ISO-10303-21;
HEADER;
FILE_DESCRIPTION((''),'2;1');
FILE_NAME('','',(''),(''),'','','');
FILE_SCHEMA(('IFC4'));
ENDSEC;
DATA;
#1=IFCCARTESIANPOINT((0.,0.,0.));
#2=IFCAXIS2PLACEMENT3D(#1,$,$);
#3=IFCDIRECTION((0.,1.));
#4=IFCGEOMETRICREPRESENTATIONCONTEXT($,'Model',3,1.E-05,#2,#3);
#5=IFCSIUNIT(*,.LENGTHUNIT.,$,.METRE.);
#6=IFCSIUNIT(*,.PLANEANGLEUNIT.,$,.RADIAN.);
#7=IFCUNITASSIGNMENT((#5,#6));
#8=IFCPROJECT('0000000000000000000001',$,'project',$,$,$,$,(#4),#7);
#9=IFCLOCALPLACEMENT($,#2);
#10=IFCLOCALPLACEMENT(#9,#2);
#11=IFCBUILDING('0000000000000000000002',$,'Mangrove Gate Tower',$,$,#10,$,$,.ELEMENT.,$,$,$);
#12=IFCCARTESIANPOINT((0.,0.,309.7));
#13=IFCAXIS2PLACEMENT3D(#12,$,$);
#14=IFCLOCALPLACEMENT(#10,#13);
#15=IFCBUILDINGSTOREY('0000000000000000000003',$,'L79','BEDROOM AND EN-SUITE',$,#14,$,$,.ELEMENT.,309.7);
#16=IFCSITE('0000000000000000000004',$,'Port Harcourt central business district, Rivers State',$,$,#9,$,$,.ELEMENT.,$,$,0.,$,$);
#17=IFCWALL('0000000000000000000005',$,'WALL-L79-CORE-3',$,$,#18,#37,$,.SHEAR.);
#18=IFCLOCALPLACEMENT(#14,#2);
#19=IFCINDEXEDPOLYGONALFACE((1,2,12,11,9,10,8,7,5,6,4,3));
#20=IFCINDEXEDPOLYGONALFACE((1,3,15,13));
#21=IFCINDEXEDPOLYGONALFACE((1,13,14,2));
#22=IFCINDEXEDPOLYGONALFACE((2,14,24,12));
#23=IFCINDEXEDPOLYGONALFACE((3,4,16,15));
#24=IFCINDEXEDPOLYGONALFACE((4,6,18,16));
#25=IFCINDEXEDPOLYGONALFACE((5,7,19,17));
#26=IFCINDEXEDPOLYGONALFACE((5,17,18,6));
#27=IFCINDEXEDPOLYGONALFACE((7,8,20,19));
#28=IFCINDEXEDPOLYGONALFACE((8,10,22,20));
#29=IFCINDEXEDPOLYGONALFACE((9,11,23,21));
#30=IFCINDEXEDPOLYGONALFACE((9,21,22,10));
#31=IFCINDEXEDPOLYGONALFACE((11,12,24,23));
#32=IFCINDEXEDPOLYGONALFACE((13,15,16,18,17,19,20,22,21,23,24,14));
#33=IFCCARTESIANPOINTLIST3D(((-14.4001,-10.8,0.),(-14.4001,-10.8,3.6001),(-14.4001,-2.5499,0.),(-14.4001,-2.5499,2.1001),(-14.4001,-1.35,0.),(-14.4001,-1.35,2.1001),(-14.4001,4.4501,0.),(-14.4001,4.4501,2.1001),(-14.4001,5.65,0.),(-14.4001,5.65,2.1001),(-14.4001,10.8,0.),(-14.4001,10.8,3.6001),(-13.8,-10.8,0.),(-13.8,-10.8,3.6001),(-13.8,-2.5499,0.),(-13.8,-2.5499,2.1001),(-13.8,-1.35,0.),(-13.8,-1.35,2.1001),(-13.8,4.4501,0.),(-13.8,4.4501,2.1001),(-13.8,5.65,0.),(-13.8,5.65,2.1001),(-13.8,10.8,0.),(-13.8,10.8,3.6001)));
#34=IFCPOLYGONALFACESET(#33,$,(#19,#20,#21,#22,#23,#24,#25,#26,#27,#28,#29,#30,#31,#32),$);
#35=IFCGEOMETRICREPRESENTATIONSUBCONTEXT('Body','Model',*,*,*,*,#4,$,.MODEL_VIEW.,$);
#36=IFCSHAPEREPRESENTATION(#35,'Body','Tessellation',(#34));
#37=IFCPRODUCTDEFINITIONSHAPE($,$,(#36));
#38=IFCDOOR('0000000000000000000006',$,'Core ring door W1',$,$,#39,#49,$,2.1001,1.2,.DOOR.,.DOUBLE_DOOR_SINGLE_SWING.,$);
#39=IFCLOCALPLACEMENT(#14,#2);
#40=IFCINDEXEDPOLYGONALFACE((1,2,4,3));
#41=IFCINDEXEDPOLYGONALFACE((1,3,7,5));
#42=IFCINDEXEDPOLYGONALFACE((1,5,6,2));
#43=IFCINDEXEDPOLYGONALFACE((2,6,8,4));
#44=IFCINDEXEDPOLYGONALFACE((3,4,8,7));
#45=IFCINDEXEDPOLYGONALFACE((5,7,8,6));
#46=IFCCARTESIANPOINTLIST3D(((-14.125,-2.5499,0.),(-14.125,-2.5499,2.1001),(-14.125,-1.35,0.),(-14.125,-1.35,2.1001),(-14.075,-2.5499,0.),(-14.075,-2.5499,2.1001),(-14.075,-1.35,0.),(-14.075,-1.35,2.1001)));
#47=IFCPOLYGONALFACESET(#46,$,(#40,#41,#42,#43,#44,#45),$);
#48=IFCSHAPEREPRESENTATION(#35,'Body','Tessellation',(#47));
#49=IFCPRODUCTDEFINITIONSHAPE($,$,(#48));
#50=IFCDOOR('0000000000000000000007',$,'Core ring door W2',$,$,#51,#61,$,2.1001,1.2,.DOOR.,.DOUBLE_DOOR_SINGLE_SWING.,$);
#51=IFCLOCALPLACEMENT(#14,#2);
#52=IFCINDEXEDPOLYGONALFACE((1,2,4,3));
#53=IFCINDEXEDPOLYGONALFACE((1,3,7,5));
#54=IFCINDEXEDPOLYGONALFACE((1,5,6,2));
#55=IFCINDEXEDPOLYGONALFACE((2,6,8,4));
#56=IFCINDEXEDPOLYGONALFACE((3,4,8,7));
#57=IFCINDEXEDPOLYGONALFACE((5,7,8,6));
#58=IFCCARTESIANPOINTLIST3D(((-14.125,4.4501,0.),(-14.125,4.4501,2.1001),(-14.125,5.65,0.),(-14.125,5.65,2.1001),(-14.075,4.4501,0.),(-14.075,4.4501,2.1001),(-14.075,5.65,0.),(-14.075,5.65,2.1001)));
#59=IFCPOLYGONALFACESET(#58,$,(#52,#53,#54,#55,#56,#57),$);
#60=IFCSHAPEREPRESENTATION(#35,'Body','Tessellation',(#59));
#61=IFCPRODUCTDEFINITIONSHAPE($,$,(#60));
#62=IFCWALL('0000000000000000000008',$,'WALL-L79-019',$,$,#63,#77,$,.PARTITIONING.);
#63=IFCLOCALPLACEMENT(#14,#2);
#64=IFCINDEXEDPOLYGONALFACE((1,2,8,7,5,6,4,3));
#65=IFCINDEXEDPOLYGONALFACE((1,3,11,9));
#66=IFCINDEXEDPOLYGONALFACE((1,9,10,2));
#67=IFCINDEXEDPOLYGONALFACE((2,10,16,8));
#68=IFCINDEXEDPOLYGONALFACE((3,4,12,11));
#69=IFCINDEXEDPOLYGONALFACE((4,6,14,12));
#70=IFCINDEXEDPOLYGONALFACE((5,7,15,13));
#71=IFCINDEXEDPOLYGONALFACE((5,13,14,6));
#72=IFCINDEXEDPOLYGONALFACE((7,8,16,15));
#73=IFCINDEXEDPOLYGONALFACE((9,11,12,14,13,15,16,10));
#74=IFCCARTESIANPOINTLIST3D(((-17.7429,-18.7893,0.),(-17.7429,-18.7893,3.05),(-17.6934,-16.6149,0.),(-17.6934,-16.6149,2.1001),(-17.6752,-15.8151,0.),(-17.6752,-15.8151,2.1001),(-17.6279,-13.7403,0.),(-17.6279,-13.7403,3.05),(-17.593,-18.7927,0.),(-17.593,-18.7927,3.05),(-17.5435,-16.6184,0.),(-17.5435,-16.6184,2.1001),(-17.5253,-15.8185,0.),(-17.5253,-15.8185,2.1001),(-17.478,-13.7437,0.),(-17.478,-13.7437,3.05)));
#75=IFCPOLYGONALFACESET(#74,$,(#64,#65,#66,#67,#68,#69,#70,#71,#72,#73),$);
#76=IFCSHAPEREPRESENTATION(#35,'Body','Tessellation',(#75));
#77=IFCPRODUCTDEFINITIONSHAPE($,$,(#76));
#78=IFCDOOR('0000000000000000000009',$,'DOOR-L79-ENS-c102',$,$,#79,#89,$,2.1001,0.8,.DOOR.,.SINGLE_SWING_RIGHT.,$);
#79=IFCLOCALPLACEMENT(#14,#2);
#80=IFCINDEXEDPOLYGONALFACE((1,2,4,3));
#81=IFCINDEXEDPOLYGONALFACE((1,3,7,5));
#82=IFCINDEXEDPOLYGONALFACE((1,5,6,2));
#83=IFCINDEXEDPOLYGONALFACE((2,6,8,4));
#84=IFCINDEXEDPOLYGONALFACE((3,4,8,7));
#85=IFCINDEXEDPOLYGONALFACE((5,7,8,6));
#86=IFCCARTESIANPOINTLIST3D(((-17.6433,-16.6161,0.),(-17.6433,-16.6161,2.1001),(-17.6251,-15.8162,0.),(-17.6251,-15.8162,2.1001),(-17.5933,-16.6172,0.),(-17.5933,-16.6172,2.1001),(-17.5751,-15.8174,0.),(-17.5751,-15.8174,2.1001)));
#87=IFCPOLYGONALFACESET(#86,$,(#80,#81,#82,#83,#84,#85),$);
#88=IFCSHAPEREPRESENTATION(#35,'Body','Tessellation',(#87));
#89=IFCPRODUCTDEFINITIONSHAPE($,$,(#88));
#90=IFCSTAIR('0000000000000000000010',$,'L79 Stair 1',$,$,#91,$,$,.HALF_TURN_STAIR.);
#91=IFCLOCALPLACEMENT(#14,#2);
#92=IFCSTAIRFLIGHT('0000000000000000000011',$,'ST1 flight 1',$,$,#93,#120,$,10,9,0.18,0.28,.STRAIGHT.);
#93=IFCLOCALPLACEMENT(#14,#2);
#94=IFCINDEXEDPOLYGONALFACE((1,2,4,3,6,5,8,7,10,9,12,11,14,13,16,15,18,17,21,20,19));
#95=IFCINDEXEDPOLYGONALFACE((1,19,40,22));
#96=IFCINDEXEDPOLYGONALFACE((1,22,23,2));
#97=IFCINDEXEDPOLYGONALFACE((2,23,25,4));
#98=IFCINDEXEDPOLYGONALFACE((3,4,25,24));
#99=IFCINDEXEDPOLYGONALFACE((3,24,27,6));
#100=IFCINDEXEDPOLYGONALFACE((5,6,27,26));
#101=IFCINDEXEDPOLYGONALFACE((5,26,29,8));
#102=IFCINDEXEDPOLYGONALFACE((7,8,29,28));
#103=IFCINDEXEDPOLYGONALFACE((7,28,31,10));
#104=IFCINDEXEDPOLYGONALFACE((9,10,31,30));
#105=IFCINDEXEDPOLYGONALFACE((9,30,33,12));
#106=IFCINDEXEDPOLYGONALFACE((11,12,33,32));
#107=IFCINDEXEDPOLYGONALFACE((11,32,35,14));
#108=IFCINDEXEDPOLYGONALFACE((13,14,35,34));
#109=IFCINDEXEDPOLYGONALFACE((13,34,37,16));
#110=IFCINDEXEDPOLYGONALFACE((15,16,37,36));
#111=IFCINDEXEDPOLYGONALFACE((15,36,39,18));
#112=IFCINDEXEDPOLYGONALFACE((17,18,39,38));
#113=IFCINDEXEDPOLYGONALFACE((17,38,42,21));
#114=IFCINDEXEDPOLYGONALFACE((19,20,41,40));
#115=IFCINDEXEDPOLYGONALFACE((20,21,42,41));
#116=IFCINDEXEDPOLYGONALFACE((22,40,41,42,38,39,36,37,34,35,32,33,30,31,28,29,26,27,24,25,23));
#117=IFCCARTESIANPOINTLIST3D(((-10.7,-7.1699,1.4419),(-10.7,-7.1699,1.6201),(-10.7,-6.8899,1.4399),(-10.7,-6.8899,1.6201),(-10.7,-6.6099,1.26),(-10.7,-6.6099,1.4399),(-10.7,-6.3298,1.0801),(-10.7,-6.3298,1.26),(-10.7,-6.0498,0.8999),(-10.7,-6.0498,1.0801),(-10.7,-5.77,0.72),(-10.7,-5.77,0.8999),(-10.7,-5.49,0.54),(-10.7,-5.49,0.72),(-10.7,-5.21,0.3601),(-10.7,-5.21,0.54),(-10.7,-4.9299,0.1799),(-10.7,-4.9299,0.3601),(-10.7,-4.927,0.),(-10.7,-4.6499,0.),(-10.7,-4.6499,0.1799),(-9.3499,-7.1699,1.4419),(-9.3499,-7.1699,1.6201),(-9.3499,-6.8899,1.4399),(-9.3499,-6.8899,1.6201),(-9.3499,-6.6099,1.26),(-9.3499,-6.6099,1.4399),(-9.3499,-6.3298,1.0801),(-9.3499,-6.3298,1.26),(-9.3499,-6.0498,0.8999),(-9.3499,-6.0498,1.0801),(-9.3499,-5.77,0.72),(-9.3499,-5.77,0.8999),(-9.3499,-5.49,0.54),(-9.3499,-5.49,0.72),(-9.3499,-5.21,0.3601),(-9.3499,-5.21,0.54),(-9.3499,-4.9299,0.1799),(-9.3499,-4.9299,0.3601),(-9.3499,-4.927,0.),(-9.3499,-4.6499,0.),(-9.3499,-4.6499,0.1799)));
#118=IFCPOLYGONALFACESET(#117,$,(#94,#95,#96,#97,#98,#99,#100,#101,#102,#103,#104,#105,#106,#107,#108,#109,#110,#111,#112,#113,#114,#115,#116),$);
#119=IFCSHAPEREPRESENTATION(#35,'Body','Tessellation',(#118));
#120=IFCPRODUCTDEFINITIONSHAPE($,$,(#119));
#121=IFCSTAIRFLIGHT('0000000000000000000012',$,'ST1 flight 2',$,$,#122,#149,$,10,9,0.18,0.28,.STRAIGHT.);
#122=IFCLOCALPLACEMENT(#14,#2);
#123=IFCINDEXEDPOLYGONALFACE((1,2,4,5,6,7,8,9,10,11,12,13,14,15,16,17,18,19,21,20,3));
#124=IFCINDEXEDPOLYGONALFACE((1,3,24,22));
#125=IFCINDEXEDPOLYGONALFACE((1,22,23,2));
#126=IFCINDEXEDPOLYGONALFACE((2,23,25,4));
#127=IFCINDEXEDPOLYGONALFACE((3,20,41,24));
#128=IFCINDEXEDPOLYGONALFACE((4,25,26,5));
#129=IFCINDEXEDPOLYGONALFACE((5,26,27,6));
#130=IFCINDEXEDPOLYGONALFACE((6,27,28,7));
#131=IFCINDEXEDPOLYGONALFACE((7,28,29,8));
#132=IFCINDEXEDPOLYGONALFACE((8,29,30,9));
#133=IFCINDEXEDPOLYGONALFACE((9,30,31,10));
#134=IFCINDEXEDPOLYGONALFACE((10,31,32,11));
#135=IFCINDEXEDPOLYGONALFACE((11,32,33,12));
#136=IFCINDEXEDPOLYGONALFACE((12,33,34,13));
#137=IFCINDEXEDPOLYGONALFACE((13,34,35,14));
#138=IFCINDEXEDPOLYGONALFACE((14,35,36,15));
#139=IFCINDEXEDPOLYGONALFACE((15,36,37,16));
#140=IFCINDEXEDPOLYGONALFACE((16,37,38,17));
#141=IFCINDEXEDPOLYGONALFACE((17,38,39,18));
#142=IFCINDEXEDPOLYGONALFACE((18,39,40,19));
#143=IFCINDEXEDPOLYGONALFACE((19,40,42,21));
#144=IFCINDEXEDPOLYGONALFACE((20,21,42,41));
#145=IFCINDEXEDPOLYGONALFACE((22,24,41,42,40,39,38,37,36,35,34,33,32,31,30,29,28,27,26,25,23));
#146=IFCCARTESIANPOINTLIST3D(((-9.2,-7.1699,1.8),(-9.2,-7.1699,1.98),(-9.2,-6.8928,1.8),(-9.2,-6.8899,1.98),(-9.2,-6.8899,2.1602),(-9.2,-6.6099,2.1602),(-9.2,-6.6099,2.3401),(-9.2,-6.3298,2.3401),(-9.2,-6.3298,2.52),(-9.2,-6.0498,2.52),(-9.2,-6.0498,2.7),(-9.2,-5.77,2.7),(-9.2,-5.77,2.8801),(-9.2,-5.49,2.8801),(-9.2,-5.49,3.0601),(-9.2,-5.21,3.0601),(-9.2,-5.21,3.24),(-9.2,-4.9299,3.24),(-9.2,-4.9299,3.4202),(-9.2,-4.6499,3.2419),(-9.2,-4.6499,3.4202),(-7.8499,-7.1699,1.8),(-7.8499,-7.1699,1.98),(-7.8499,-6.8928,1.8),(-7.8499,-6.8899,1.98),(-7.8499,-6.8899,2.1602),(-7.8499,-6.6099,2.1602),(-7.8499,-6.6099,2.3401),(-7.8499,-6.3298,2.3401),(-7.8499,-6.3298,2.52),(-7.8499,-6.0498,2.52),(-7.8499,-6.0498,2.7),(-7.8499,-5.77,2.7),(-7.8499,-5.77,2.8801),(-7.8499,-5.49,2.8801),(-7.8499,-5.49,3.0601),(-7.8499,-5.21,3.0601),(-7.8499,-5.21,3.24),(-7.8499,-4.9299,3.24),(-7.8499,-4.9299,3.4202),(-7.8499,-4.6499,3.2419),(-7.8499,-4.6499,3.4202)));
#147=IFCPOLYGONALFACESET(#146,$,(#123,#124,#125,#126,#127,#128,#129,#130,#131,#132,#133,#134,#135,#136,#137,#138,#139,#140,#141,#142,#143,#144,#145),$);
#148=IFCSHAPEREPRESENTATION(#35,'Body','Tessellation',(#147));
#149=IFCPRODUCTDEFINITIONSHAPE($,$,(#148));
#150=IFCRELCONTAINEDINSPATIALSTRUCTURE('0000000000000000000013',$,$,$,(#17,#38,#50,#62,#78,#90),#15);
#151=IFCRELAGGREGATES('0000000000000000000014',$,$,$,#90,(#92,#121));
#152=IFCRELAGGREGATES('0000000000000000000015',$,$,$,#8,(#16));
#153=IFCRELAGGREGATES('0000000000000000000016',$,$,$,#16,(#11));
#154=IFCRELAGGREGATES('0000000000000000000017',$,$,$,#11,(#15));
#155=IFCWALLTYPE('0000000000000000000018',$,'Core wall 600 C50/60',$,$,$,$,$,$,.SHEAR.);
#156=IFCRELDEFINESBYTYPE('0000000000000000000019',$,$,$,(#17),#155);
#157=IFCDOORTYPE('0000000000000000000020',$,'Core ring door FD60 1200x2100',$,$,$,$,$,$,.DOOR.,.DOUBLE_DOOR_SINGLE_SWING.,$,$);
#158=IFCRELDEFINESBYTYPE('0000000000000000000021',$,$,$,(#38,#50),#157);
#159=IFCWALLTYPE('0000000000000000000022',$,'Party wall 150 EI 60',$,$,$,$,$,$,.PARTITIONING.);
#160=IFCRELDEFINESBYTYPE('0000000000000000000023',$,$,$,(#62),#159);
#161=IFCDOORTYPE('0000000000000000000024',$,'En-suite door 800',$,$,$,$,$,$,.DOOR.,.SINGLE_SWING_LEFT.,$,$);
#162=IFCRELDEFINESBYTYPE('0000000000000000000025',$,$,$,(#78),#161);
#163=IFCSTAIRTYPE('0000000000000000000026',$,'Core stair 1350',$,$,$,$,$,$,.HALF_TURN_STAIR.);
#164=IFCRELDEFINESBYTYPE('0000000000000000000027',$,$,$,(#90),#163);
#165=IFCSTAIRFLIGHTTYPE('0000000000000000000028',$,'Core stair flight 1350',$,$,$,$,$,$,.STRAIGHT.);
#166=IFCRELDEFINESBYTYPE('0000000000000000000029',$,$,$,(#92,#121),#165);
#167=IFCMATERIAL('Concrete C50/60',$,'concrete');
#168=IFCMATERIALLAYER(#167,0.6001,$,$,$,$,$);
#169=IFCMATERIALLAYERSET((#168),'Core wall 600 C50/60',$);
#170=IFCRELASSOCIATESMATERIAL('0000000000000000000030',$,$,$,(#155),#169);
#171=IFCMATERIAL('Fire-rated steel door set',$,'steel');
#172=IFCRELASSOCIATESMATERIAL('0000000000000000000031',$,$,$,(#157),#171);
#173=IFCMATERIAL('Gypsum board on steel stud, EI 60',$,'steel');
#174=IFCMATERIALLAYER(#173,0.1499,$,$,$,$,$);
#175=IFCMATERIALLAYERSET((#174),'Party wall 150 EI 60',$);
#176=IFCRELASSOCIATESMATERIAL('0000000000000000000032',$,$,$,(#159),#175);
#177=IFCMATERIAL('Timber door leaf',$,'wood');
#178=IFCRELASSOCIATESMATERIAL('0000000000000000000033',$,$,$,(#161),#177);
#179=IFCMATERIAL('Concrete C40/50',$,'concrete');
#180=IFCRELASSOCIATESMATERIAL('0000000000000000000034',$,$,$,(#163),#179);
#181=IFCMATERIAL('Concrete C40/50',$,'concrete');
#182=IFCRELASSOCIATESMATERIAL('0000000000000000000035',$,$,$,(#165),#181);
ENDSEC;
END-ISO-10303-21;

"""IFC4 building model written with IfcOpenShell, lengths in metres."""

from ifc_helpers import new_model, si_unit, direction, frame, frame_2d, origin, place, context, subcontext, project, spatial, polyline, rectangle, outline, extrude, material, layer, layer_set, type_object, element, fill, aggregate, save


model = new_model("IFC4")

# Units and contexts
model_context = context("Model", 3, precision=1e-05, world=origin(), true_north=direction((0.0, 1.0)))
body_context = subcontext(model_context, "Body", "Model", "MODEL_VIEW")
ifc_project = project(units=[si_unit("LENGTHUNIT", "METRE"), si_unit("PLANEANGLEUNIT", "RADIAN")], contexts=[model_context])

# Site, building, storey
site_placement = place(None, origin())
site = spatial("IfcSite", under=ifc_project, at=site_placement, Name="Port Harcourt central business district, Rivers State", CompositionType="ELEMENT", RefElevation=0.0)
building_placement = place(site_placement, origin())
building = spatial("IfcBuilding", under=site, at=building_placement, Name="Mangrove Gate Tower", CompositionType="ELEMENT")
storey_placement = place(building_placement, frame((0.0, 0.0, 309.7)))
storey = spatial("IfcBuildingStorey", under=building, at=storey_placement, Name="L79", Description="BEDROOM AND EN-SUITE", CompositionType="ELEMENT", Elevation=309.7)

# Shared definitions
ifc_material_1 = material(Name="Concrete C50/60", Category="concrete")
ifc_layer_1 = layer(ifc_material_1, 0.6001)
ifc_layer_set_1 = layer_set([ifc_layer_1], Name="Core wall 600 C50/60")
wall_type_1 = type_object("IfcWallType", Name="Core wall 600 C50/60", PredefinedType="SHEAR", material=ifc_layer_set_1)

# Wall, openings, doors
wall_1_placement = place(storey_placement, frame((-14.1001, -10.8, 0.0), z_axis=(0.0, 0.0, 1.0), x_axis=(0.0, 1.0, 0.0)))
wall_1 = element("IfcWall", 1, at=wall_1_placement, inside=storey, type_object=wall_type_1, Name="WALL-L79-CORE-3", PredefinedType="SHEAR", context=body_context, shape_type="SweptSolid", body=[
    extrude(rectangle(XDim=21.6001, YDim=0.6001, at=frame_2d((10.8, 0.0))), origin(), (0.0, 0.0, 1.0), 3.6001),
])
opening_1_placement = place(wall_1_placement, frame((8.25, 0.0, 0.0)))
opening_1 = element("IfcOpeningElement", 2, at=opening_1_placement, cuts=wall_1, PredefinedType="OPENING", context=body_context, shape_type="SweptSolid", body=[
    extrude(rectangle(XDim=1.2, YDim=2.1001, at=frame_2d((0.6001, 1.05))), frame((0.0, 0.3101, 0.0), z_axis=(0.0, -1.0, 0.0), x_axis=(1.0, 0.0, 0.0)), (0.0, 0.0, 1.0), 0.6201),
])
opening_2_placement = place(wall_1_placement, frame((15.25, 0.0, 0.0)))
opening_2 = element("IfcOpeningElement", 3, at=opening_2_placement, cuts=wall_1, PredefinedType="OPENING", context=body_context, shape_type="SweptSolid", body=[
    extrude(rectangle(XDim=1.2, YDim=2.1001, at=frame_2d((0.6001, 1.05))), frame((0.0, 0.3101, 0.0), z_axis=(0.0, -1.0, 0.0), x_axis=(1.0, 0.0, 0.0)), (0.0, 0.0, 1.0), 0.6201),
])
ifc_material_2 = material(Name="Fire-rated steel door set", Category="steel")
door_type_1 = type_object("IfcDoorType", Name="Core ring door FD60 1200x2100", OperationType="DOUBLE_DOOR_SINGLE_SWING", PredefinedType="DOOR", material=ifc_material_2)
door_1_placement = place(opening_1_placement, origin())
door_1 = element("IfcDoor", 4, at=door_1_placement, inside=storey, type_object=door_type_1, Name="Core ring door W1", OperationType="DOUBLE_DOOR_SINGLE_SWING", OverallHeight=2.1001, OverallWidth=1.2, PredefinedType="DOOR", context=body_context, shape_type="SweptSolid", body=[
    extrude(rectangle(XDim=1.2, YDim=2.1001, at=frame_2d((0.6001, 1.05))), frame((0.0, 0.0249, 0.0), z_axis=(0.0, -1.0, 0.0), x_axis=(1.0, 0.0, 0.0)), (0.0, 0.0, 1.0), 0.05),
])
fill(opening_1, door_1)
door_2_placement = place(opening_2_placement, origin())
door_2 = element("IfcDoor", 5, at=door_2_placement, inside=storey, type_object=door_type_1, Name="Core ring door W2", OperationType="DOUBLE_DOOR_SINGLE_SWING", OverallHeight=2.1001, OverallWidth=1.2, PredefinedType="DOOR", context=body_context, shape_type="SweptSolid", body=[
    extrude(rectangle(XDim=1.2, YDim=2.1001, at=frame_2d((0.6001, 1.05))), frame((0.0, 0.0249, 0.0), z_axis=(0.0, -1.0, 0.0), x_axis=(1.0, 0.0, 0.0)), (0.0, 0.0, 1.0), 0.05),
])
fill(opening_2, door_2)

# Wall, opening, door
ifc_material_3 = material(Name="Gypsum board on steel stud, EI 60", Category="steel")
ifc_layer_2 = layer(ifc_material_3, 0.1499)
ifc_layer_set_2 = layer_set([ifc_layer_2], Name="Party wall 150 EI 60")
wall_type_2 = type_object("IfcWallType", Name="Party wall 150 EI 60", PredefinedType="PARTITIONING", material=ifc_layer_set_2)
wall_2_placement = place(storey_placement, frame((-17.668, -18.791, 0.0), z_axis=(0.0, 0.0, 1.0), x_axis=(0.022769, 0.999741, 0.0)))
wall_2 = element("IfcWall", 6, at=wall_2_placement, inside=storey, type_object=wall_type_2, Name="WALL-L79-019", PredefinedType="PARTITIONING", context=body_context, shape_type="SweptSolid", body=[
    extrude(rectangle(XDim=5.0503, YDim=0.1499, at=frame_2d((2.5251, 0.0))), origin(), (0.0, 0.0, 1.0), 3.05),
])
opening_3_placement = place(wall_2_placement, frame((2.175, 0.0, 0.0)))
opening_3 = element("IfcOpeningElement", 7, at=opening_3_placement, cuts=wall_2, PredefinedType="OPENING", context=body_context, shape_type="SweptSolid", body=[
    extrude(rectangle(XDim=0.8, YDim=2.1001, at=frame_2d((0.3999, 1.05))), frame((0.0, 0.085, 0.0), z_axis=(0.0, -1.0, 0.0), x_axis=(1.0, 0.0, 0.0)), (0.0, 0.0, 1.0), 0.1699),
])
ifc_material_4 = material(Name="Timber door leaf", Category="wood")
door_type_2 = type_object("IfcDoorType", Name="En-suite door 800", OperationType="SINGLE_SWING_LEFT", PredefinedType="DOOR", material=ifc_material_4)
door_3_placement = place(opening_3_placement, origin())
door_3 = element("IfcDoor", 8, at=door_3_placement, inside=storey, type_object=door_type_2, Name="DOOR-L79-ENS-c102", OperationType="SINGLE_SWING_RIGHT", OverallHeight=2.1001, OverallWidth=0.8, PredefinedType="DOOR", context=body_context, shape_type="SweptSolid", body=[
    extrude(rectangle(XDim=0.8, YDim=2.1001, at=frame_2d((0.3999, 1.05))), frame((0.0, 0.0249, 0.0), z_axis=(0.0, -1.0, 0.0), x_axis=(1.0, 0.0, 0.0)), (0.0, 0.0, 1.0), 0.05),
])
fill(opening_3, door_3)

# Stair, stair flights
ifc_material_5 = material(Name="Concrete C40/50", Category="concrete")
stair_type = type_object("IfcStairType", Name="Core stair 1350", PredefinedType="HALF_TURN_STAIR", material=ifc_material_5)
stair_1_placement = place(storey_placement, origin())
stair_1 = element("IfcStair", 9, at=stair_1_placement, inside=storey, type_object=stair_type, Name="L79 Stair 1", PredefinedType="HALF_TURN_STAIR")
ifc_material_6 = material(Name="Concrete C40/50", Category="concrete")
stair_flight_type = type_object("IfcStairFlightType", Name="Core stair flight 1350", PredefinedType="STRAIGHT", material=ifc_material_6)
stair_flight_1_placement = place(storey_placement, frame((-10.0249, -4.6499, 0.0), z_axis=(0.0, 0.0, 1.0), x_axis=(0.0, -1.0, 0.0)))
stair_flight_1 = element("IfcStairFlight", 10, at=stair_flight_1_placement, type_object=stair_flight_type, Name="ST1 flight 1", NumberOfRisers=10, NumberOfTreads=9, PredefinedType="STRAIGHT", RiserHeight=0.18, TreadLength=0.28, context=body_context, shape_type="SweptSolid", body=[
    extrude(outline(polyline([(0.0, 0.0), (0.0, 0.1799), (0.28, 0.1799), (0.28, 0.3601), (0.5601, 0.3601), (0.5601, 0.54), (0.8401, 0.54), (0.8401, 0.72), (1.1201, 0.72), (1.1201, 0.8999), (1.3999, 0.8999), (1.3999, 1.0801), (1.6799, 1.0801), (1.6799, 1.26), (1.96, 1.26), (1.96, 1.4399), (2.24, 1.4399), (2.24, 1.6201), (2.52, 1.6201), (2.52, 1.8), (2.52, 1.4419), (0.2771, 0.0), (0.0, 0.0)])), frame((0.0, 0.675, 0.0), z_axis=(0.0, -1.0, 0.0), x_axis=(1.0, 0.0, 0.0)), (0.0, 0.0, 1.0), 1.3501),
])
stair_flight_2_placement = place(storey_placement, frame((-8.5249, -7.1699, 1.8), z_axis=(0.0, 0.0, 1.0), x_axis=(0.0, 1.0, 0.0)))
stair_flight_2 = element("IfcStairFlight", 11, at=stair_flight_2_placement, type_object=stair_flight_type, Name="ST1 flight 2", NumberOfRisers=10, NumberOfTreads=9, PredefinedType="STRAIGHT", RiserHeight=0.18, TreadLength=0.28, context=body_context, shape_type="SweptSolid", body=[
    extrude(outline(polyline([(0.0, 0.0), (0.0, 0.1799), (0.28, 0.1799), (0.28, 0.3601), (0.5601, 0.3601), (0.5601, 0.54), (0.8401, 0.54), (0.8401, 0.72), (1.1201, 0.72), (1.1201, 0.8999), (1.3999, 0.8999), (1.3999, 1.0801), (1.6799, 1.0801), (1.6799, 1.26), (1.96, 1.26), (1.96, 1.4399), (2.24, 1.4399), (2.24, 1.6201), (2.52, 1.6201), (2.52, 1.8), (2.52, 1.4419), (0.2771, 0.0), (0.0, 0.0)])), frame((0.0, 0.675, 0.0), z_axis=(0.0, -1.0, 0.0), x_axis=(1.0, 0.0, 0.0)), (0.0, 0.0, 1.0), 1.3501),
])
aggregate(stair_1, [stair_flight_1, stair_flight_2])

save(model, "model.ifc")
